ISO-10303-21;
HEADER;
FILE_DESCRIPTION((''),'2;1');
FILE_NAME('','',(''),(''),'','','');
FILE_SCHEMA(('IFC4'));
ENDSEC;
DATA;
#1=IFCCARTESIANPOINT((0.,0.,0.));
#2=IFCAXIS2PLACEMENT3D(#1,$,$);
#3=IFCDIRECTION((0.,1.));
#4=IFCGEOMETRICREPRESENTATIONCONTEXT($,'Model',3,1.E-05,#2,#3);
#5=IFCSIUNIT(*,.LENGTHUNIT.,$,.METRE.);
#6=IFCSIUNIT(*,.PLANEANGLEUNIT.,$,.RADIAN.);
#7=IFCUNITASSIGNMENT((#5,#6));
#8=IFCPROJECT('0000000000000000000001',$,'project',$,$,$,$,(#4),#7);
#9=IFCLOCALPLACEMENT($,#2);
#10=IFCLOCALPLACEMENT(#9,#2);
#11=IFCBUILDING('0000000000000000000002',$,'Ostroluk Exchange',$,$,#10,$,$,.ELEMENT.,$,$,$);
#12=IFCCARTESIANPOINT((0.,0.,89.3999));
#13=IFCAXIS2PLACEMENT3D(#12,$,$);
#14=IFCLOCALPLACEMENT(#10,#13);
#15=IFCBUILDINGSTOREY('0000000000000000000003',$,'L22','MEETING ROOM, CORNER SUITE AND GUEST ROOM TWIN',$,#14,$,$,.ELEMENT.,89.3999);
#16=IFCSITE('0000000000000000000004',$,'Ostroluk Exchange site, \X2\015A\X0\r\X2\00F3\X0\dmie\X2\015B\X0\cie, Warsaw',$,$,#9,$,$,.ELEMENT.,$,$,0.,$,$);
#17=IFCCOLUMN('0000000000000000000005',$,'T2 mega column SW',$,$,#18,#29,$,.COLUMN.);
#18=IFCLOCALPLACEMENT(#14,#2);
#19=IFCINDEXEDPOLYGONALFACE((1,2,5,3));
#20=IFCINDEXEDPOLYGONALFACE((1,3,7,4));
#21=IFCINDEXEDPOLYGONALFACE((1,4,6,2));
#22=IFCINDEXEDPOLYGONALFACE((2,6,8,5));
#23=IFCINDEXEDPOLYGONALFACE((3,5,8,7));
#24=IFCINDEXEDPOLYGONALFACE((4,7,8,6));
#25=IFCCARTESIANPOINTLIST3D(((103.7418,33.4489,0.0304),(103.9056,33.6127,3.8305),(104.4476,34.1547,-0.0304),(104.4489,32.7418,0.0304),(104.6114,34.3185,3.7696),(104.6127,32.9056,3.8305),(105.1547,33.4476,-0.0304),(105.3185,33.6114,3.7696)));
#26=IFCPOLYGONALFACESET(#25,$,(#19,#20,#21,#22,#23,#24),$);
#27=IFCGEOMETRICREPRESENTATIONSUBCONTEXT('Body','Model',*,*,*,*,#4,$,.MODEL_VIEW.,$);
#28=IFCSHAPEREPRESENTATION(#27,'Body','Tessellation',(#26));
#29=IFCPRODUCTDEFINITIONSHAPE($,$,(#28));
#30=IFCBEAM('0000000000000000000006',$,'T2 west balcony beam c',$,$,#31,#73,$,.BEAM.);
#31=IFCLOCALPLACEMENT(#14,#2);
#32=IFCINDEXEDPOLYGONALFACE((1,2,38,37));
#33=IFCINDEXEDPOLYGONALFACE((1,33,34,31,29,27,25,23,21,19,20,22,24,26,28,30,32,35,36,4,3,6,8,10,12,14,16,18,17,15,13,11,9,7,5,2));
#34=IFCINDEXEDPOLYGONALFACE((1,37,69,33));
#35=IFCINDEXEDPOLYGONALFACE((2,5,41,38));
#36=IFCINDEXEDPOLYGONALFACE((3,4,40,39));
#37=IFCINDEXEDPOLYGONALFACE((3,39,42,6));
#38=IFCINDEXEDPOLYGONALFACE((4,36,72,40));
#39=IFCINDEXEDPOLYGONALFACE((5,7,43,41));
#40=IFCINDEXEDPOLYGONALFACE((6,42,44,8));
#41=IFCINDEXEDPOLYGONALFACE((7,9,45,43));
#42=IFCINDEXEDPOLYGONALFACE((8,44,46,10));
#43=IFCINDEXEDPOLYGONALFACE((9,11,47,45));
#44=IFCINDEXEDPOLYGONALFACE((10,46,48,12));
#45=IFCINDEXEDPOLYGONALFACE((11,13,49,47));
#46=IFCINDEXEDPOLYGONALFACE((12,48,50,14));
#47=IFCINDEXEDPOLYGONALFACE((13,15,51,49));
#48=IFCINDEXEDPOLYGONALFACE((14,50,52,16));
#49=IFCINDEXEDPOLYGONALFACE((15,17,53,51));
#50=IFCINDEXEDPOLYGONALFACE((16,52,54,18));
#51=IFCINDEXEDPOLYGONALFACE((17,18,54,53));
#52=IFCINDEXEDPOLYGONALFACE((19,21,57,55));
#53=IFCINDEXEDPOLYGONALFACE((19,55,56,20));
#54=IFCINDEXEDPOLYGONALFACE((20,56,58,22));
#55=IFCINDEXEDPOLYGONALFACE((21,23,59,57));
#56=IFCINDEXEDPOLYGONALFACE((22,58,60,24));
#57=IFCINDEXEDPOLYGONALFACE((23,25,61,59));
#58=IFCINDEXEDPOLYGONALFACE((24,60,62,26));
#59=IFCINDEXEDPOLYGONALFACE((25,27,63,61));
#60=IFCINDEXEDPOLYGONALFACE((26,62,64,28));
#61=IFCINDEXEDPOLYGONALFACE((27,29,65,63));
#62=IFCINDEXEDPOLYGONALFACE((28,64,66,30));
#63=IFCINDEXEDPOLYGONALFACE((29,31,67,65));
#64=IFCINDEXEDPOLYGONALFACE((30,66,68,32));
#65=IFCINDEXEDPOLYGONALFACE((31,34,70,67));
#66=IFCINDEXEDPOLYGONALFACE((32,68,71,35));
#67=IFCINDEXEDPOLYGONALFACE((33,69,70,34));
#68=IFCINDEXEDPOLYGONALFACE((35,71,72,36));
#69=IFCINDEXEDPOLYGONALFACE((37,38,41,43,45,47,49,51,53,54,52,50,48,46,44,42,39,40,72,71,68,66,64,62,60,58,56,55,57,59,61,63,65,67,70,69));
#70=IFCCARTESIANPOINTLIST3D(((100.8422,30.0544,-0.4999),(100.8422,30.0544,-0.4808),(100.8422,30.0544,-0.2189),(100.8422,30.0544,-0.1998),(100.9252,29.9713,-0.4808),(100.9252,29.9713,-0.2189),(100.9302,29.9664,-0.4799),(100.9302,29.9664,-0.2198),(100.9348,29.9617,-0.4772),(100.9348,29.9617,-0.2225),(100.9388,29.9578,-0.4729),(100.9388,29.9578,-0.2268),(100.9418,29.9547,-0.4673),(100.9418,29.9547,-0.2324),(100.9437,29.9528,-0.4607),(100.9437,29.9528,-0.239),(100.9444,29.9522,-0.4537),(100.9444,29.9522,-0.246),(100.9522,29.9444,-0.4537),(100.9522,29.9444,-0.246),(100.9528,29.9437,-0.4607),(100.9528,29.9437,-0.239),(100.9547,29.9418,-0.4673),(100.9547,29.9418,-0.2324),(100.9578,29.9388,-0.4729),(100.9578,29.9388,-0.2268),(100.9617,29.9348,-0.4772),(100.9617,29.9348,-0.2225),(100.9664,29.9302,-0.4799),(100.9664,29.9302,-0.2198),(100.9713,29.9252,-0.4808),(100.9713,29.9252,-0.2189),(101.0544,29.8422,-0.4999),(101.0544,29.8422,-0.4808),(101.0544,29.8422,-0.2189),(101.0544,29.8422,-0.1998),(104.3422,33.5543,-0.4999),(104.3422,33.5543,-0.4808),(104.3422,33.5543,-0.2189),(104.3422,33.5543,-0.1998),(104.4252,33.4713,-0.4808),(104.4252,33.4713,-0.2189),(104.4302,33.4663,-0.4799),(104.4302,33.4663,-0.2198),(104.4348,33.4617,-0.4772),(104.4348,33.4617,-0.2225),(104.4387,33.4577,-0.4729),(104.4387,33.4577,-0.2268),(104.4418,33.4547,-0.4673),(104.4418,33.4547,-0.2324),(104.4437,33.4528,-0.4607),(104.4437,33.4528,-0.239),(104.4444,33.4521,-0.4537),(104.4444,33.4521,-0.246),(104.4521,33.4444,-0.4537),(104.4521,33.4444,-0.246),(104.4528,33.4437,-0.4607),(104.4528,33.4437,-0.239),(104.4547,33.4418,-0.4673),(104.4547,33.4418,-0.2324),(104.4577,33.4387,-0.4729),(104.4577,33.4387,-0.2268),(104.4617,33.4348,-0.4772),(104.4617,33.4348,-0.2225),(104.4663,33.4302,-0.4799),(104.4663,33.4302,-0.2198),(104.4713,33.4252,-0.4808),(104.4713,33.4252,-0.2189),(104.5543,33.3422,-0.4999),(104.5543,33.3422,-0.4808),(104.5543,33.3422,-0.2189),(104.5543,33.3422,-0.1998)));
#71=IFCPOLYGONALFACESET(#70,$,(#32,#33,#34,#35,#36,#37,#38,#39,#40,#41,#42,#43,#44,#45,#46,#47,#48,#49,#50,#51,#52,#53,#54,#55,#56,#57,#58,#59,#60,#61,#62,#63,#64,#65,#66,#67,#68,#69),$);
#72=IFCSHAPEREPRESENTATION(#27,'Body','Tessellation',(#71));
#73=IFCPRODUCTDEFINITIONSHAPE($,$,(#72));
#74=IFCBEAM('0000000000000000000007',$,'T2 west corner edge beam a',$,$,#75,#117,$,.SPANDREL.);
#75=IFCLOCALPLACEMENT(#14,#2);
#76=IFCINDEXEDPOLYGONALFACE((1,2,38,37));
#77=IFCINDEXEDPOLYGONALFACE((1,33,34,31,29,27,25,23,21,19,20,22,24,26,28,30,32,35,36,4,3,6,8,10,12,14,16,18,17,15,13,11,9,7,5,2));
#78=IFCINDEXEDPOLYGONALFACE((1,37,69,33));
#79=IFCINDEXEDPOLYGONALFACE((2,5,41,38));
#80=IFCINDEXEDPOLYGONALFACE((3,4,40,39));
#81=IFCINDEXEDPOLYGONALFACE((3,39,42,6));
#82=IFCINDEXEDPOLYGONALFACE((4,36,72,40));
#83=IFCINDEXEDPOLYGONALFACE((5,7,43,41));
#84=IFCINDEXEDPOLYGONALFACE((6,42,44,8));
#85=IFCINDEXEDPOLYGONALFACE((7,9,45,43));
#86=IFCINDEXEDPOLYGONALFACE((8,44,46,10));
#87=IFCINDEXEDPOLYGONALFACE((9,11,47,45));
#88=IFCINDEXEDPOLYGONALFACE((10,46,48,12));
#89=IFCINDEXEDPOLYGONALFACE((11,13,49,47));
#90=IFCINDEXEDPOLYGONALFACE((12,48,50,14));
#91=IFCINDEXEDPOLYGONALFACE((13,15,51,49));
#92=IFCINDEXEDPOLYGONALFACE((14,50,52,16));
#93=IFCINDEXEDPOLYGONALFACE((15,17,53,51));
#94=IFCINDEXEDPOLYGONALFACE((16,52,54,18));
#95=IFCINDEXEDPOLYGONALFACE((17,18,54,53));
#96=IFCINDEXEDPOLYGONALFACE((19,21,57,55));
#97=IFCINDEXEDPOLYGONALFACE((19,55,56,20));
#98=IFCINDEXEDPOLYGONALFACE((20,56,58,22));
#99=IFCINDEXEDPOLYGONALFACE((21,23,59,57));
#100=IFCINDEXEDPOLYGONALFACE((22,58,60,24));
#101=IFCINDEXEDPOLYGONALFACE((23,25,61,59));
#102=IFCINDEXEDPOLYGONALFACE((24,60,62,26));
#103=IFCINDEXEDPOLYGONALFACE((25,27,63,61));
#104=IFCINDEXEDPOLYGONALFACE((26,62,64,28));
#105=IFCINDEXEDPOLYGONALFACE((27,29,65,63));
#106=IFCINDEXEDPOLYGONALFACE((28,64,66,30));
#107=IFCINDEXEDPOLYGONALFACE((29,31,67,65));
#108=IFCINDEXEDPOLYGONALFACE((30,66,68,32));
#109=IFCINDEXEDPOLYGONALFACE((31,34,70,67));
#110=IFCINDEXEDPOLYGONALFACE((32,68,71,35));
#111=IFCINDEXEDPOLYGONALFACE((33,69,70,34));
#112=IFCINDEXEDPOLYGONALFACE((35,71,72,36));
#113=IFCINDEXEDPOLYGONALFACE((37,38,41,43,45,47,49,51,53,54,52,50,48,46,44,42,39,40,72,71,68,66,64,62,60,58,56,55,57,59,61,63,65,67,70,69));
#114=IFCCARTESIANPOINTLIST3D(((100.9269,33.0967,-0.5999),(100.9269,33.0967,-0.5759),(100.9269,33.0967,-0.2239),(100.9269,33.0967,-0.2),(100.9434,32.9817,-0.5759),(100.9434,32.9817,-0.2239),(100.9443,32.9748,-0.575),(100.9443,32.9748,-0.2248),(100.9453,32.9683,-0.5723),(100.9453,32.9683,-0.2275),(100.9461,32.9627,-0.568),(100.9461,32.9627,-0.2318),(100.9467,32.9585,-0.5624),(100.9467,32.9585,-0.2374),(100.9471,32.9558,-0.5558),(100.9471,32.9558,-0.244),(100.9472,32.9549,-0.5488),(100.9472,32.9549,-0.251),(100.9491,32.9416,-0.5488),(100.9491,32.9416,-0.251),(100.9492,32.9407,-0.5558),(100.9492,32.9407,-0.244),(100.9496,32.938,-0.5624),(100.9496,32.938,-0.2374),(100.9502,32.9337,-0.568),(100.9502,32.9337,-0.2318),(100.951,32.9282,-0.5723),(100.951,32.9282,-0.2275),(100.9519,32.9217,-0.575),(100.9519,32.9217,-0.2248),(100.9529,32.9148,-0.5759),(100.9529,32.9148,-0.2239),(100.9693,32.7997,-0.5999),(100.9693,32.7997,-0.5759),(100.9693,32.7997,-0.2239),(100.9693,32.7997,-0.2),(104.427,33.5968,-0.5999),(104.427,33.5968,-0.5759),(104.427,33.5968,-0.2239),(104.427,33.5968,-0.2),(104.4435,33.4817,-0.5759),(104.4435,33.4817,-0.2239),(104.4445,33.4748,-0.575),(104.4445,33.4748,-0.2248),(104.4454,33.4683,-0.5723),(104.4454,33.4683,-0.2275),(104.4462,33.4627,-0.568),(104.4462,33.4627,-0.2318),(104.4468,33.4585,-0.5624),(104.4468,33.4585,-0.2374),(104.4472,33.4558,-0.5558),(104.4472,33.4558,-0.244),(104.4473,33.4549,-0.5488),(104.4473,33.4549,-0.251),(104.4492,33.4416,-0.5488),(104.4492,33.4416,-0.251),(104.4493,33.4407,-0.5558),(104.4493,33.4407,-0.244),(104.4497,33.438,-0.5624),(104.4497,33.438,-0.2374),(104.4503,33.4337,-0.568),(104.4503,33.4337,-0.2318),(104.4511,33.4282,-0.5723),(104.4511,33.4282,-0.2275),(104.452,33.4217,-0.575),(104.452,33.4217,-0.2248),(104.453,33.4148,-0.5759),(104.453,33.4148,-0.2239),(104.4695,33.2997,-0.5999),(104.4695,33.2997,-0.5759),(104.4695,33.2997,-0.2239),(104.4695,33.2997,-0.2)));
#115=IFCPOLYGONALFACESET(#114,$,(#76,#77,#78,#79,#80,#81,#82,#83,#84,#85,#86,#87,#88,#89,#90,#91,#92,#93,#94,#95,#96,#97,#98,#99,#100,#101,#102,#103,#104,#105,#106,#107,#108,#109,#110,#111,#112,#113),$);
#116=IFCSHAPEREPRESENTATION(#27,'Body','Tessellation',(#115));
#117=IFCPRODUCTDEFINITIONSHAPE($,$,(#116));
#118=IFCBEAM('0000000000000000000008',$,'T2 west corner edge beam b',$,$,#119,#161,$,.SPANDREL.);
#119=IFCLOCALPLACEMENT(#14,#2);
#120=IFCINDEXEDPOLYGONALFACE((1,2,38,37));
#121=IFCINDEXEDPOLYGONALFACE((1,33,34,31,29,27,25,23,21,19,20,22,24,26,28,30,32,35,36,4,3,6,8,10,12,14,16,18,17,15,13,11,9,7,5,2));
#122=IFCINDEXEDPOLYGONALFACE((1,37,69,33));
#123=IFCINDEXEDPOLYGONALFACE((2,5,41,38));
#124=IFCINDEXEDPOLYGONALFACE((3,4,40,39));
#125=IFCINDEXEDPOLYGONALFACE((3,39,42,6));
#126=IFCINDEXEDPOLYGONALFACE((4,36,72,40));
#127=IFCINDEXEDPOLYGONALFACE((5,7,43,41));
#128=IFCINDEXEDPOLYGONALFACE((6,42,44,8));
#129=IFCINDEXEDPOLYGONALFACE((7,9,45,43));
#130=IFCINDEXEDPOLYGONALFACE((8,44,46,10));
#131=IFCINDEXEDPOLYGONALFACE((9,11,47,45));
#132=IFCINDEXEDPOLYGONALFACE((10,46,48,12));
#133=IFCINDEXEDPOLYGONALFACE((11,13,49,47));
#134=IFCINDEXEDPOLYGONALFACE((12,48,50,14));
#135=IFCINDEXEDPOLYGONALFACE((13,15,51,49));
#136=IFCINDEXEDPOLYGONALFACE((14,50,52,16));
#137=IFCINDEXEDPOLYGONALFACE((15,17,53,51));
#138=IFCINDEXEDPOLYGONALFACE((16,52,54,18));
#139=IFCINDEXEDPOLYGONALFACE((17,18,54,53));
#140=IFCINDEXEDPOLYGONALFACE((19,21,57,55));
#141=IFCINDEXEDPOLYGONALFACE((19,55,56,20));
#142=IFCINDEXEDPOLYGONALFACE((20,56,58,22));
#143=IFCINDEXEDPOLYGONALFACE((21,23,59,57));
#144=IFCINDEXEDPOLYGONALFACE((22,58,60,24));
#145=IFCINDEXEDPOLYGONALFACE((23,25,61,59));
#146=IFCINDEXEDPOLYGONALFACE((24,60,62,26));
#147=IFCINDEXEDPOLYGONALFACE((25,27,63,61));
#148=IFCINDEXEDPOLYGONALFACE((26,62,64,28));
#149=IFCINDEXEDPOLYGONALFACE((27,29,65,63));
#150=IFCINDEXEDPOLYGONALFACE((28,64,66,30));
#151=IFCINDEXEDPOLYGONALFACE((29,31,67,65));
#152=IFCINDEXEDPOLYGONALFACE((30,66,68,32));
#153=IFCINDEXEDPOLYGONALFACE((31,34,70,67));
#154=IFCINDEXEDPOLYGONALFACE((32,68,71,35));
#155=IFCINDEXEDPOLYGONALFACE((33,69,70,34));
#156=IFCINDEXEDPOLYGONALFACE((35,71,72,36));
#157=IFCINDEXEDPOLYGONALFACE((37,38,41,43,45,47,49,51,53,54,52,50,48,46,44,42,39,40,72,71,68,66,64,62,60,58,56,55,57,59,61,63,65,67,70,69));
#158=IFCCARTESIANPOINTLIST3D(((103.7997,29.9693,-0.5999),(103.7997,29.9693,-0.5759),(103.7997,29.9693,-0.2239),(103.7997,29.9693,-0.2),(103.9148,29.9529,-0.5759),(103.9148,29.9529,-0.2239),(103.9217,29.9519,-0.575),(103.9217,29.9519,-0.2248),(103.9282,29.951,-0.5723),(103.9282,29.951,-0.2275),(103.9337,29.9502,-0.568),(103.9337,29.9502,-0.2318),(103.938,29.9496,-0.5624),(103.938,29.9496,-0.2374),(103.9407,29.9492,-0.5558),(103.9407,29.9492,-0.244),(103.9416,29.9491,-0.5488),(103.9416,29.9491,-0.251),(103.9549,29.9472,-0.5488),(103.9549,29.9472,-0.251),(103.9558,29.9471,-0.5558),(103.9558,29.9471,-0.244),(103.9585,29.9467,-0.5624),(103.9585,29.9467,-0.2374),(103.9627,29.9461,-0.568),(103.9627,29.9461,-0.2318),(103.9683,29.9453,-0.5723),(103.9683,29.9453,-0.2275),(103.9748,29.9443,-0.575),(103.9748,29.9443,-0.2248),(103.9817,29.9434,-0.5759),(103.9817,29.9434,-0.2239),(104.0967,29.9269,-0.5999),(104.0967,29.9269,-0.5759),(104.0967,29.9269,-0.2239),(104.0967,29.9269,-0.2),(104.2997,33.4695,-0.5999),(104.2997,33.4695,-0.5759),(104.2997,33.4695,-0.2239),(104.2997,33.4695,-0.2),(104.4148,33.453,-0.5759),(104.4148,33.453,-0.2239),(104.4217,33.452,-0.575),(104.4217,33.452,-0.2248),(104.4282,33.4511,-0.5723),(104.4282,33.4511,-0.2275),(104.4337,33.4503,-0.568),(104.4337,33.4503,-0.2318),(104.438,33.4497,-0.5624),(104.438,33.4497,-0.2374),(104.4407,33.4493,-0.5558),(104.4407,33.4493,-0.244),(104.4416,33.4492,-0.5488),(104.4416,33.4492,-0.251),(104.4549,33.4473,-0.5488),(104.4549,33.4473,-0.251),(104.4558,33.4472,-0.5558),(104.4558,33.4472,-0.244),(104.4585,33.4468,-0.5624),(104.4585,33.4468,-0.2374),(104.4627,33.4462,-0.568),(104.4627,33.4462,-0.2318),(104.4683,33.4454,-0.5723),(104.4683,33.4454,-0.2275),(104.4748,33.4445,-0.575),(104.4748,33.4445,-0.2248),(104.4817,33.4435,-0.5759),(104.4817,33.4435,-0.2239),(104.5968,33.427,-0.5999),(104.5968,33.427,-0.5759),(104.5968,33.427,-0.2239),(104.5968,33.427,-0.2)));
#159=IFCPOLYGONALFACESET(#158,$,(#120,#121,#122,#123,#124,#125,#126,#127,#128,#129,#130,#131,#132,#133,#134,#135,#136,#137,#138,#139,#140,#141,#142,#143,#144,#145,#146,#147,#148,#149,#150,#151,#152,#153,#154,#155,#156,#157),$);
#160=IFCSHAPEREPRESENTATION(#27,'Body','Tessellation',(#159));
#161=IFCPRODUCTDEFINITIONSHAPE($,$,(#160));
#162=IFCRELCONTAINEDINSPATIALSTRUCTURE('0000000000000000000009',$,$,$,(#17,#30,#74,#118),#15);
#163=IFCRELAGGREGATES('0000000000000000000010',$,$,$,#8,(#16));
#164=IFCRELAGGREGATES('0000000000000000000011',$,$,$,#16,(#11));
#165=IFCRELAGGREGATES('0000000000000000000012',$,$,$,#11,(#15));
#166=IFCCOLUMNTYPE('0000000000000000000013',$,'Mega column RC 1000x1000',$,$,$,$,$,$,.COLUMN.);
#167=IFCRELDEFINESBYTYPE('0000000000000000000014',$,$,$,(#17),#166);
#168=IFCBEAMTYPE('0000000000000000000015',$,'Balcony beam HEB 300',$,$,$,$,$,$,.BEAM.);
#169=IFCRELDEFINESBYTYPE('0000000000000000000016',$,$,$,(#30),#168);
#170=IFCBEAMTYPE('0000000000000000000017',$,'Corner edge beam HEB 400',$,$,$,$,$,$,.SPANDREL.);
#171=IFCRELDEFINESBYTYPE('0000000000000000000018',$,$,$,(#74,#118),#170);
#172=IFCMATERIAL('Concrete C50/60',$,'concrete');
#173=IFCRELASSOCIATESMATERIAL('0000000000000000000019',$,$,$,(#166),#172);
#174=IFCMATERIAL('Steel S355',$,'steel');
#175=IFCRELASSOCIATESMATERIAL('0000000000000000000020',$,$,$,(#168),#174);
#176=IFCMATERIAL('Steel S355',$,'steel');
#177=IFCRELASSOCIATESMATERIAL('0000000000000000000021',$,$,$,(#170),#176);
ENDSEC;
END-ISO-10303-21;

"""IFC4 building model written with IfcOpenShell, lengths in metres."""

from ifc_helpers import new_model, si_unit, direction, frame, origin, origin_2d, place, context, subcontext, project, spatial, rectangle, i_section, extrude, material, material_profile, profile_set, type_object, element, save


model = new_model("IFC4")

# Units and contexts
model_context = context("Model", 3, precision=1e-05, world=origin(), true_north=direction((0.0, 1.0)))
body_context = subcontext(model_context, "Body", "Model", "MODEL_VIEW")
ifc_project = project(units=[si_unit("LENGTHUNIT", "METRE"), si_unit("PLANEANGLEUNIT", "RADIAN")], contexts=[model_context])

# Site, building, storey
site_placement = place(None, origin())
site = spatial("IfcSite", under=ifc_project, at=site_placement, Name="Ostroluk Exchange site, Śródmieście, Warsaw", CompositionType="ELEMENT", RefElevation=0.0)
building_placement = place(site_placement, origin())
building = spatial("IfcBuilding", under=site, at=building_placement, Name="Ostroluk Exchange", CompositionType="ELEMENT")
storey_placement = place(building_placement, frame((0.0, 0.0, 89.3999)))
storey = spatial("IfcBuildingStorey", under=building, at=storey_placement, Name="L22", Description="MEETING ROOM, CORNER SUITE AND GUEST ROOM TWIN", CompositionType="ELEMENT", Elevation=89.3999)

# Column
ifc_material_1 = material(Name="Concrete C50/60", Category="concrete")
ifc_material_profile_1 = material_profile(ifc_material_1, rectangle(XDim=1.0, YDim=1.0, at=origin_2d()), Name="RC 1000x1000")
ifc_profile_set_1 = profile_set([ifc_material_profile_1], Name="Concrete C50/60")
column_type = type_object("IfcColumnType", Name="Mega column RC 1000x1000", PredefinedType="COLUMN", material=ifc_profile_set_1)
column_placement = place(storey_placement, frame((104.4482, 33.4482, 0.0), z_axis=(0.04303, 0.04303, 0.998147), x_axis=(-0.707107, 0.707107, 0.0)))
element("IfcColumn", 1, at=column_placement, inside=storey, type_object=column_type, Name="T2 mega column SW", PredefinedType="COLUMN", context=body_context, shape_type="SweptSolid", body=[
    extrude(rectangle(XDim=1.0, YDim=1.0, at=origin_2d()), origin(), (0.0, 0.0, 1.0), 3.8071),
])

# Beams
ifc_material_2 = material(Name="Steel S355", Category="steel")
ifc_material_profile_2 = material_profile(ifc_material_2, i_section(OverallWidth=0.3, OverallDepth=0.3, WebThickness=0.011, FlangeThickness=0.019, FilletRadius=0.0271, at=origin_2d()), Name="HEB 300")
ifc_profile_set_2 = profile_set([ifc_material_profile_2], Name="Steel S355")
beam_type_1 = type_object("IfcBeamType", Name="Balcony beam HEB 300", PredefinedType="BEAM", material=ifc_profile_set_2)
beam_1_placement = place(storey_placement, frame((104.4482, 33.4482, -0.3499), z_axis=(-0.707107, -0.707107, 0.0), x_axis=(0.707107, -0.707107, 0.0)))
element("IfcBeam", 2, at=beam_1_placement, inside=storey, type_object=beam_type_1, Name="T2 west balcony beam c", PredefinedType="BEAM", context=body_context, shape_type="SweptSolid", body=[
    extrude(i_section(OverallWidth=0.3, OverallDepth=0.3, WebThickness=0.011, FlangeThickness=0.019, FilletRadius=0.0271, at=origin_2d()), origin(), (0.0, 0.0, 1.0), 4.9497),
])
ifc_material_3 = material(Name="Steel S355", Category="steel")
ifc_material_profile_3 = material_profile(ifc_material_3, i_section(OverallWidth=0.3, OverallDepth=0.3999, WebThickness=0.0134, FlangeThickness=0.0239, FilletRadius=0.0271, at=origin_2d()), Name="HEB 400")
ifc_profile_set_3 = profile_set([ifc_material_profile_3], Name="Steel S355")
beam_type_2 = type_object("IfcBeamType", Name="Corner edge beam HEB 400", PredefinedType="SPANDREL", material=ifc_profile_set_3)
for number, where, z_axis, x_axis, name in (
    (3, (104.4482, 33.4482, -0.3999), (-0.989949, -0.141421, 0.0), (0.141421, -0.989949, 0.0), "T2 west corner edge beam a"),
    (4, (104.4482, 33.4482, -0.3999), (-0.141421, -0.989949, 0.0), (0.989949, -0.141421, 0.0), "T2 west corner edge beam b"),
):
    element("IfcBeam", number, at=place(storey_placement, frame(where, z_axis=z_axis, x_axis=x_axis)), inside=storey, type_object=beam_type_2, Name=name, PredefinedType="SPANDREL", context=body_context, shape_type="SweptSolid", body=[
        extrude(i_section(OverallWidth=0.3, OverallDepth=0.3999, WebThickness=0.0134, FlangeThickness=0.0239, FilletRadius=0.0271, at=origin_2d()), origin(), (0.0, 0.0, 1.0), 3.5356),
    ])

save(model, "model.ifc")
